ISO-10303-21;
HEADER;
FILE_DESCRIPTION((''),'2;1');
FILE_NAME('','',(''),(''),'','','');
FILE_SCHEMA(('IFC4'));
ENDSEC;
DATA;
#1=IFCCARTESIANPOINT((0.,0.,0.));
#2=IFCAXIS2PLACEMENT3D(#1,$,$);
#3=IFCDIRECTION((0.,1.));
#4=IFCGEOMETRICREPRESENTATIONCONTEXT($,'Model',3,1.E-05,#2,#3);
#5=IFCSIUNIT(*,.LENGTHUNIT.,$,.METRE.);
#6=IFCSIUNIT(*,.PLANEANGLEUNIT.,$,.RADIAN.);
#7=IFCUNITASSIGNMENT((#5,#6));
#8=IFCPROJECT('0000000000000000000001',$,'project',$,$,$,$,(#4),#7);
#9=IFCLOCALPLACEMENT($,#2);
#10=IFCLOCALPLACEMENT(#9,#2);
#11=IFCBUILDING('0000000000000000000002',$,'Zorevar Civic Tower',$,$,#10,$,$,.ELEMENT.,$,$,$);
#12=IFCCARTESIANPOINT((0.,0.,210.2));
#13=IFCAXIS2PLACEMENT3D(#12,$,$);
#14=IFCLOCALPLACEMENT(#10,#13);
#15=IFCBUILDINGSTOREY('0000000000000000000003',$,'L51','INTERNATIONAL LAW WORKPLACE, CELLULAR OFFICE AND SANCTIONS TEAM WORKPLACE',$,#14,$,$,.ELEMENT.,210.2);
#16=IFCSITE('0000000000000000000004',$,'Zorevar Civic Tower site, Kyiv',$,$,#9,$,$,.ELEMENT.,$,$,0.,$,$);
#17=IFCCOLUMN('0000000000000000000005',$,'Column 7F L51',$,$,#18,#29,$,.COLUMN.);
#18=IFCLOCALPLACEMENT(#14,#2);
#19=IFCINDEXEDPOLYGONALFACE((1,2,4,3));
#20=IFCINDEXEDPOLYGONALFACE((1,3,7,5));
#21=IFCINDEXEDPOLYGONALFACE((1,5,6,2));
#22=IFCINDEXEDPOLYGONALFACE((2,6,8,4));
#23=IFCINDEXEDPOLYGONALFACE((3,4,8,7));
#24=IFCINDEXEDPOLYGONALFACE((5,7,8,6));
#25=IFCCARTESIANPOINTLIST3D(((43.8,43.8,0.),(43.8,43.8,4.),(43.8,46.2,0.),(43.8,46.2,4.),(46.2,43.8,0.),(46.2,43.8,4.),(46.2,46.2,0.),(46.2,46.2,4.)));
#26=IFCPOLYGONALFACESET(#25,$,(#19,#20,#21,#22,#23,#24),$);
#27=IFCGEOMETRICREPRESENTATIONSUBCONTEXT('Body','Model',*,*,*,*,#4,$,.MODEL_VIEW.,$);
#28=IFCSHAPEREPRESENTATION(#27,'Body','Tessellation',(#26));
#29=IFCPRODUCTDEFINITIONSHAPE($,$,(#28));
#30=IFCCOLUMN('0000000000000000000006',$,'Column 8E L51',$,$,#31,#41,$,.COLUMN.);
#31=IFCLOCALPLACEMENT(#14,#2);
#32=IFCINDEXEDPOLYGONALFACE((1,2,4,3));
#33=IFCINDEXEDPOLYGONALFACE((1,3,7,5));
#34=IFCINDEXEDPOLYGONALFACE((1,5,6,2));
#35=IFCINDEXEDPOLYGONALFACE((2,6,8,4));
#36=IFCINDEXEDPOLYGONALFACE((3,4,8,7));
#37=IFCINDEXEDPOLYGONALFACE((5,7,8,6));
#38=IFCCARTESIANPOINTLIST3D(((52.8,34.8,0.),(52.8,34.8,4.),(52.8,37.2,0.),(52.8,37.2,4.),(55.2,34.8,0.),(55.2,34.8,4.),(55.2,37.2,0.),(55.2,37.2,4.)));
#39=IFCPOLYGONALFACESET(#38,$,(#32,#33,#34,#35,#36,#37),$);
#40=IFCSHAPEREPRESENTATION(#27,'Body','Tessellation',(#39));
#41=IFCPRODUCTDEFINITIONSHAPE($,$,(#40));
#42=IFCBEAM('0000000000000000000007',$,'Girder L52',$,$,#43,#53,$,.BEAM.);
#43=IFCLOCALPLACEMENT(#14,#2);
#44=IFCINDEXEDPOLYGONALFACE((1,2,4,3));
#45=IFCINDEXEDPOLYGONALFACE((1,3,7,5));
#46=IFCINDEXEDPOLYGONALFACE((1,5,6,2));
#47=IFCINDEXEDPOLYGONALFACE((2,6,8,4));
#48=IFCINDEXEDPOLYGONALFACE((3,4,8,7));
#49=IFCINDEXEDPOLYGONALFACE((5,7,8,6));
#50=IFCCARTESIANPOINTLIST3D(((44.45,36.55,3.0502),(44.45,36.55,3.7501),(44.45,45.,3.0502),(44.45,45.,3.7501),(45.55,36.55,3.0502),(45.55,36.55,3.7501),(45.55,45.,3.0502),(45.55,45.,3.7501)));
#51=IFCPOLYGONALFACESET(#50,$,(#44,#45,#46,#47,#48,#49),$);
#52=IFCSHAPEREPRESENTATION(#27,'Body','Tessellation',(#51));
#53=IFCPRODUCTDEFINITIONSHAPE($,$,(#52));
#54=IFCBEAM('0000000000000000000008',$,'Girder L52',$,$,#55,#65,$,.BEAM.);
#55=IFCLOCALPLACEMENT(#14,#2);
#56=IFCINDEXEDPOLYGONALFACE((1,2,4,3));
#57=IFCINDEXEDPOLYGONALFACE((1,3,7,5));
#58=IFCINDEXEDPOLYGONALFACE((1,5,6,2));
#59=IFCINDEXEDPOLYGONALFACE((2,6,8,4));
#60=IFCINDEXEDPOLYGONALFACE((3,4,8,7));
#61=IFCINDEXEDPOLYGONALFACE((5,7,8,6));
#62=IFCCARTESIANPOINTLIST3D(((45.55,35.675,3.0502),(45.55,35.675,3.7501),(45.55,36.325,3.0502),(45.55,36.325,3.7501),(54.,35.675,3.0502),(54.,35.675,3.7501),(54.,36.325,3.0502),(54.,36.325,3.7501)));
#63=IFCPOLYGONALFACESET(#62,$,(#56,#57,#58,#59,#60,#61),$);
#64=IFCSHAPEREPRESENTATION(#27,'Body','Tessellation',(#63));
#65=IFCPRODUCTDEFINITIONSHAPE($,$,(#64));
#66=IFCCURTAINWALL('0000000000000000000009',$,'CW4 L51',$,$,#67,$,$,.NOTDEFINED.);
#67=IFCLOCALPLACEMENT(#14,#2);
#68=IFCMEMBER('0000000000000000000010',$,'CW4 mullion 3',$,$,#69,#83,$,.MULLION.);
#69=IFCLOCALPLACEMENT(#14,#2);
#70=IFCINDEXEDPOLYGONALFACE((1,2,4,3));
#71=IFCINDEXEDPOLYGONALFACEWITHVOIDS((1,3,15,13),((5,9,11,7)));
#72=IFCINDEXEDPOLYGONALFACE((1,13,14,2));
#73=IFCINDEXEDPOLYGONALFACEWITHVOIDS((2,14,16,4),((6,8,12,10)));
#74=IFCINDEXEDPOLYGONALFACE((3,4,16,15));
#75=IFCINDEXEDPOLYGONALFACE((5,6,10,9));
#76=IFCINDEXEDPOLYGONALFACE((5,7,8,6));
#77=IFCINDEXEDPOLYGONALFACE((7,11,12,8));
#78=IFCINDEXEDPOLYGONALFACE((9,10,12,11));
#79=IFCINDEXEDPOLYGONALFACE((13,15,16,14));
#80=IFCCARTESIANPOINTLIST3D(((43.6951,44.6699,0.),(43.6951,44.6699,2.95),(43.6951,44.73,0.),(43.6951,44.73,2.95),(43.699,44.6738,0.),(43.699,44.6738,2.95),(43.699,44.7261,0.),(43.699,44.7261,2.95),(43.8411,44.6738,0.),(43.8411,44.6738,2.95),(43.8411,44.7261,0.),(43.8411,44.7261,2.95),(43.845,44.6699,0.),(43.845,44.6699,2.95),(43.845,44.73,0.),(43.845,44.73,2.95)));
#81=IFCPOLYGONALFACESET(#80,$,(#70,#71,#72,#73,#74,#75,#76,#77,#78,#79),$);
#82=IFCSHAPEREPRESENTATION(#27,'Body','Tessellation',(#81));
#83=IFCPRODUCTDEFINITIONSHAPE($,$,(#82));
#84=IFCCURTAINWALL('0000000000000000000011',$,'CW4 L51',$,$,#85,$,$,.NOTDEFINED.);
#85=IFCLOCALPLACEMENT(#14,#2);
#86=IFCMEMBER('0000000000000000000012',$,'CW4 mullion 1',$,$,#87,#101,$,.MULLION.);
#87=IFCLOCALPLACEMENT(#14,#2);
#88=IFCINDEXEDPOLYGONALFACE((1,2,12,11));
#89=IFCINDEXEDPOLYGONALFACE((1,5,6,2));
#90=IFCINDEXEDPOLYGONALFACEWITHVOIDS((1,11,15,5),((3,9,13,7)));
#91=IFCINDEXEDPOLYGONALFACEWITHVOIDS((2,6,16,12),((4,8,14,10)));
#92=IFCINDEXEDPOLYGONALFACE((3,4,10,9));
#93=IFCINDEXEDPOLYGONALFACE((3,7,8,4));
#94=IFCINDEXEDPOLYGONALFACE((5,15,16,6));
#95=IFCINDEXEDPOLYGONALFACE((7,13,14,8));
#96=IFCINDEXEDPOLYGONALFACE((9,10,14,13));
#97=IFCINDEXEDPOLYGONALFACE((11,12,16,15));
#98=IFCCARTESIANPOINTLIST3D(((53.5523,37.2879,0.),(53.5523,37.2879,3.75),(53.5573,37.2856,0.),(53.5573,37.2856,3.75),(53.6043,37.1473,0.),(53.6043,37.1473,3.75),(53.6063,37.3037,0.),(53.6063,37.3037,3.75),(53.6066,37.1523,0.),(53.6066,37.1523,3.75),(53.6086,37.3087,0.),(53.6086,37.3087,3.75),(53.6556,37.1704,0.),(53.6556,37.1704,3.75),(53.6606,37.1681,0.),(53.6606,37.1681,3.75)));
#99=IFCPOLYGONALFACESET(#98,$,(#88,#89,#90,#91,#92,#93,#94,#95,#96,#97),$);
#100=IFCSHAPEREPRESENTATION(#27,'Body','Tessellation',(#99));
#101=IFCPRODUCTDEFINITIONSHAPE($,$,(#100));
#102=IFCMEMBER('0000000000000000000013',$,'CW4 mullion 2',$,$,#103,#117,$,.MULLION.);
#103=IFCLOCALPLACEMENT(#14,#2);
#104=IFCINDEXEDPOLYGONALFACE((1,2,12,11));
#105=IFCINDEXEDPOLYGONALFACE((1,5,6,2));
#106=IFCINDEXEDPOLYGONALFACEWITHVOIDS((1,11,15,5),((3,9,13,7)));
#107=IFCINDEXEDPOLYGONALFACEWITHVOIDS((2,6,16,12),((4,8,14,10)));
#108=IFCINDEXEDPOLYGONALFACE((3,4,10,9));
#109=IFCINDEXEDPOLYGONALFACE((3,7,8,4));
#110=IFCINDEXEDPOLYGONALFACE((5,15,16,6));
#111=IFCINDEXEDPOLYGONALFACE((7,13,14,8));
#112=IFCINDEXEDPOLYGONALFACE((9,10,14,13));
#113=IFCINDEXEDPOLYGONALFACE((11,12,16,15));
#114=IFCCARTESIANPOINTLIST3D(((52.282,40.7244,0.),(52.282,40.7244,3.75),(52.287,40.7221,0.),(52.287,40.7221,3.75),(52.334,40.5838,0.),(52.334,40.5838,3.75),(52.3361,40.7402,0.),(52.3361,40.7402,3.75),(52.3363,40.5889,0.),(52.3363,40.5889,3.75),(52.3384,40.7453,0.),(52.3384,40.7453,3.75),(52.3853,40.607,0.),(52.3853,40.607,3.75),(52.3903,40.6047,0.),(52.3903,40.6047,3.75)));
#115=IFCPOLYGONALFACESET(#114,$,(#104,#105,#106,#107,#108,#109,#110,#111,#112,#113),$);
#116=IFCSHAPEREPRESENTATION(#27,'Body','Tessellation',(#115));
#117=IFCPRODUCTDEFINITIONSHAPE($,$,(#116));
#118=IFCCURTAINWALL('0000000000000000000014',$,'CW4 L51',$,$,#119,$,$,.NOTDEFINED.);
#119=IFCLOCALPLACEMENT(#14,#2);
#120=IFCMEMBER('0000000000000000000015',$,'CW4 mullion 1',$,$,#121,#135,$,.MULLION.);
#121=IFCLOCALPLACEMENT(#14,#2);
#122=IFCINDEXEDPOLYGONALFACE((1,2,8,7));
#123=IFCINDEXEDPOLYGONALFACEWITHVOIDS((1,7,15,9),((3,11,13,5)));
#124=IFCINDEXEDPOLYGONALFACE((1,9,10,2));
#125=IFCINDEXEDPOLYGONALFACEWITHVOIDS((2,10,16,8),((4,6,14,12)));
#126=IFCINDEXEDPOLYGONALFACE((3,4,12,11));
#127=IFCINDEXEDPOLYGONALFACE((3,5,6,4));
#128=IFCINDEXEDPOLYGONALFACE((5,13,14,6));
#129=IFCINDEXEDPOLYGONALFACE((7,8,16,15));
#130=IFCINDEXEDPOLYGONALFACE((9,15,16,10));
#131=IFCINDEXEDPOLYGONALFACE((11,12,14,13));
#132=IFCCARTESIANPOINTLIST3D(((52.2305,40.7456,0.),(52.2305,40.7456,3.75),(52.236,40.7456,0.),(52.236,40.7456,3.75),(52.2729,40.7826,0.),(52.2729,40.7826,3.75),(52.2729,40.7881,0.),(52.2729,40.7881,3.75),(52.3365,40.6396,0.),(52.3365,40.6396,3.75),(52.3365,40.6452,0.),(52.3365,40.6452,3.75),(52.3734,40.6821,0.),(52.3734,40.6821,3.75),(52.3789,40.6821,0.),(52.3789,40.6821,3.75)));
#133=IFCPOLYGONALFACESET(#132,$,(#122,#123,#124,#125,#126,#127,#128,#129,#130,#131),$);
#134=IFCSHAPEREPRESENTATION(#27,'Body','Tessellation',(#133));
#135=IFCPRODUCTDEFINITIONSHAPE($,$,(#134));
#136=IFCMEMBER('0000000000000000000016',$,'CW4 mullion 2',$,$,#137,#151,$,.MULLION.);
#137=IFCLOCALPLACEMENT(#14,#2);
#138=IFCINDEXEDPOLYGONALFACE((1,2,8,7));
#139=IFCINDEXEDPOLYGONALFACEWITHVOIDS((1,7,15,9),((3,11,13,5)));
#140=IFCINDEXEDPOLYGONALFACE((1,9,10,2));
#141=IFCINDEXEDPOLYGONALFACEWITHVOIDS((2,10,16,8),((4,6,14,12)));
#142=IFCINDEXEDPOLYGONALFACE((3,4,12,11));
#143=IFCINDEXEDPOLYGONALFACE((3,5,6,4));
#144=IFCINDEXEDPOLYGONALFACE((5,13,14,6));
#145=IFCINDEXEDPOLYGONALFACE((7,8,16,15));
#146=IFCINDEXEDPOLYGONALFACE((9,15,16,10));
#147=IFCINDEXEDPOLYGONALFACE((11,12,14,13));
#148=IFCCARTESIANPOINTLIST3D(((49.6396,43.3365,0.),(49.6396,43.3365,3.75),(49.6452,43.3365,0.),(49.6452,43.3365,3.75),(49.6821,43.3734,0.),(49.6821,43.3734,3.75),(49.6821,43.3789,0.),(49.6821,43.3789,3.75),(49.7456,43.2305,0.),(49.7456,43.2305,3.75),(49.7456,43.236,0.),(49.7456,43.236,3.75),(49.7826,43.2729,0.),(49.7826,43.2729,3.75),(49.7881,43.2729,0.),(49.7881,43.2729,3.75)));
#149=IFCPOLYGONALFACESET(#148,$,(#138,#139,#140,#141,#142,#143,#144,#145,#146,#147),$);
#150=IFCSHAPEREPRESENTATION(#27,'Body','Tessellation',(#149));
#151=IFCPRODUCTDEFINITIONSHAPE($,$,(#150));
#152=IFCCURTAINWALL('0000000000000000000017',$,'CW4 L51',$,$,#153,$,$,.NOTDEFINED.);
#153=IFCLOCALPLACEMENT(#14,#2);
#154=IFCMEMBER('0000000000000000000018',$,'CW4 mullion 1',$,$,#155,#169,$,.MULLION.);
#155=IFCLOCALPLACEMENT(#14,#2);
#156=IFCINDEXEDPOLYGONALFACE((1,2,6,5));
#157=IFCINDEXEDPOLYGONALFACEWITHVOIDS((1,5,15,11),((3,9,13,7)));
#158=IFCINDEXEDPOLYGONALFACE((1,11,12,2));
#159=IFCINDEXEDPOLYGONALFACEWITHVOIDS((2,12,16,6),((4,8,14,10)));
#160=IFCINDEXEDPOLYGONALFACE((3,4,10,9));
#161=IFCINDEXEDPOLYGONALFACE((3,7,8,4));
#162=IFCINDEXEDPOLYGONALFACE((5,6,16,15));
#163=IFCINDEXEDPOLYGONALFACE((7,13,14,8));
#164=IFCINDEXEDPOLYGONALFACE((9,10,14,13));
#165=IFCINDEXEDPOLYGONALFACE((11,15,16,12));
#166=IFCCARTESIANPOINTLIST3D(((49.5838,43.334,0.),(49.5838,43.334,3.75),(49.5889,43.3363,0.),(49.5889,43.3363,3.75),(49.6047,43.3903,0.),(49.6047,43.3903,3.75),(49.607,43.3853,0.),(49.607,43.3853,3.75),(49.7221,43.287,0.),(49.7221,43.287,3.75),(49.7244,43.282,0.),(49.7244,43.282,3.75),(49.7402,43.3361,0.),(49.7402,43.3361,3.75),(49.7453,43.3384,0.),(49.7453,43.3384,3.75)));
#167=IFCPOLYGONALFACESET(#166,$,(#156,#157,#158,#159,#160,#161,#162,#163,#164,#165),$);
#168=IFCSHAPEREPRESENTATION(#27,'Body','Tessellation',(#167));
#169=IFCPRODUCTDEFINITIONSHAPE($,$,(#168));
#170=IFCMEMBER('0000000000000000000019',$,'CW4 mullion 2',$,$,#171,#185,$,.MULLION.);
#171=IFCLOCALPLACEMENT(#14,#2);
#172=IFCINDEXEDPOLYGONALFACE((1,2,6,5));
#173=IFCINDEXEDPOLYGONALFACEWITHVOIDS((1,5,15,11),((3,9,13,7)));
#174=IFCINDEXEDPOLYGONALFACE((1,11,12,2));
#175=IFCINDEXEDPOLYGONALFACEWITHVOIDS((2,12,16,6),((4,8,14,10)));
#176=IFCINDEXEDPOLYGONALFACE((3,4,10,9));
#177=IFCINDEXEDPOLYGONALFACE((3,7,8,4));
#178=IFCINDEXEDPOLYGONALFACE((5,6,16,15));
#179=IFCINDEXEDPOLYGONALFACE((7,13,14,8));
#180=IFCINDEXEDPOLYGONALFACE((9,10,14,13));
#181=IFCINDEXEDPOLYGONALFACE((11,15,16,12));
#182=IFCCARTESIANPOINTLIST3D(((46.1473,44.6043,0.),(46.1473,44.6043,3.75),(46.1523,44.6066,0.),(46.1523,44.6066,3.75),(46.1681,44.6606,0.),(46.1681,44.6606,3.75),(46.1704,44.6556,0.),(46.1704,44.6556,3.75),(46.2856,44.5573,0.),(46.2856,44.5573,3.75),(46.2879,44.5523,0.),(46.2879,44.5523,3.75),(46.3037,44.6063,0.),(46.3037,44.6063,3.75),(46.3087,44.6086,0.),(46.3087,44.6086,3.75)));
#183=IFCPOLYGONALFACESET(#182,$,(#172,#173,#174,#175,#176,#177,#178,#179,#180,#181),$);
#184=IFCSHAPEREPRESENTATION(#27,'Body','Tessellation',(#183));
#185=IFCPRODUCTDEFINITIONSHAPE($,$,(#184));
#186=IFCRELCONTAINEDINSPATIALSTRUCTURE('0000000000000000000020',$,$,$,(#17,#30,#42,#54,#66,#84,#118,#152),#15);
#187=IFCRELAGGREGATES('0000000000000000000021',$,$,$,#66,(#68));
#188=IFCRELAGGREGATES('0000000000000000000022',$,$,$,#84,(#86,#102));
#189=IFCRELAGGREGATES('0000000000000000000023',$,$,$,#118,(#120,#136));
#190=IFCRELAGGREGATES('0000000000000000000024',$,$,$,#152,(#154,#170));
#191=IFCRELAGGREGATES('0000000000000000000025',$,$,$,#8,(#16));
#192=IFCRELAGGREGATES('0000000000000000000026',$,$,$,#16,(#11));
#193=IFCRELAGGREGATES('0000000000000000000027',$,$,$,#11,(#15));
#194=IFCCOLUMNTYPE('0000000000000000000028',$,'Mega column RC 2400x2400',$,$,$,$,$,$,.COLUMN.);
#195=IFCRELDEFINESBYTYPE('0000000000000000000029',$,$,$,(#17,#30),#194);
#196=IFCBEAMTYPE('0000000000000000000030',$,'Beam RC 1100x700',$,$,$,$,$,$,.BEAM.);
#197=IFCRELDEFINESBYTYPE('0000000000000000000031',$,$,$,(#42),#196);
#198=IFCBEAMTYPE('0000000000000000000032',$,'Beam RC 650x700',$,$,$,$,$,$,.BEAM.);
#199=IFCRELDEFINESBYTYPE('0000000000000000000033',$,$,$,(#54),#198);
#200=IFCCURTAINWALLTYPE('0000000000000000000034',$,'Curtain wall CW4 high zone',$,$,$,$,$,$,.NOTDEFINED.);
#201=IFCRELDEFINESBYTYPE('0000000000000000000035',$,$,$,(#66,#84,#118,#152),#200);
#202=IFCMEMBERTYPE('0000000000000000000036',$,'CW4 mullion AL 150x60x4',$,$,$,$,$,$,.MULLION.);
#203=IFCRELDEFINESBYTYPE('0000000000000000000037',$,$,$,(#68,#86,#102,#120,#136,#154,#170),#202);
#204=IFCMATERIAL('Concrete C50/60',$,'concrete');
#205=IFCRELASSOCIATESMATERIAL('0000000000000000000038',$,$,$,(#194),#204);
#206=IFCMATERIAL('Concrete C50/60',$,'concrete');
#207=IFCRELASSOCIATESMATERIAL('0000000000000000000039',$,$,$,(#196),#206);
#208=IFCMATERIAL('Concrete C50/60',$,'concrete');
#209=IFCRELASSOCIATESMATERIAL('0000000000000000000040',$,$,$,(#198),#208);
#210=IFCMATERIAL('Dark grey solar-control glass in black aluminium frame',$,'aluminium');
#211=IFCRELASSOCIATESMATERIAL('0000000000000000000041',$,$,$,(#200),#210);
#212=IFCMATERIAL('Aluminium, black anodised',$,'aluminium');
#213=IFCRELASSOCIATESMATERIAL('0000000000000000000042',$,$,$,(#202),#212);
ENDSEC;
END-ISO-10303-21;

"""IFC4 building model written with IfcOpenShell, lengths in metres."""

from ifc_helpers import new_model, si_unit, direction, frame, origin, origin_2d, place, context, subcontext, project, spatial, rectangle, hollow_rectangle, extrude, material, material_profile, profile_set, type_object, element, aggregate, save


model = new_model("IFC4")

# Units and contexts
model_context = context("Model", 3, precision=1e-05, world=origin(), true_north=direction((0.0, 1.0)))
body_context = subcontext(model_context, "Body", "Model", "MODEL_VIEW")
ifc_project = project(units=[si_unit("LENGTHUNIT", "METRE"), si_unit("PLANEANGLEUNIT", "RADIAN")], contexts=[model_context])

# Site, building, storey
site_placement = place(None, origin())
site = spatial("IfcSite", under=ifc_project, at=site_placement, Name="Zorevar Civic Tower site, Kyiv", CompositionType="ELEMENT", RefElevation=0.0)
building_placement = place(site_placement, origin())
building = spatial("IfcBuilding", under=site, at=building_placement, Name="Zorevar Civic Tower", CompositionType="ELEMENT")
storey_placement = place(building_placement, frame((0.0, 0.0, 210.2)))
storey = spatial("IfcBuildingStorey", under=building, at=storey_placement, Name="L51", Description="INTERNATIONAL LAW WORKPLACE, CELLULAR OFFICE AND SANCTIONS TEAM WORKPLACE", CompositionType="ELEMENT", Elevation=210.2)

# Columns
ifc_material_1 = material(Name="Concrete C50/60", Category="concrete")
ifc_material_profile_1 = material_profile(ifc_material_1, rectangle(XDim=2.3999, YDim=2.3999, at=origin_2d()), Name="RC 2400x2400")
ifc_profile_set_1 = profile_set([ifc_material_profile_1], Name="Concrete C50/60")
column_type = type_object("IfcColumnType", Name="Mega column RC 2400x2400", PredefinedType="COLUMN", material=ifc_profile_set_1)
for number, where, z_axis, x_axis, name in (
    (1, (45.0, 45.0, 0.0), (0.0, 0.0, 1.0), (1.0, 0.0, 0.0), "Column 7F L51"),
    (2, (54.0, 36.0, 0.0), (0.0, 0.0, 1.0), (1.0, 0.0, 0.0), "Column 8E L51"),
):
    element("IfcColumn", number, at=place(storey_placement, frame(where, z_axis=z_axis, x_axis=x_axis)), inside=storey, type_object=column_type, Name=name, PredefinedType="COLUMN", context=body_context, shape_type="SweptSolid", body=[
        extrude(rectangle(XDim=2.3999, YDim=2.3999, at=origin_2d()), origin(), (0.0, 0.0, 1.0), 4.0),
    ])

# Beams
ifc_material_2 = material(Name="Concrete C50/60", Category="concrete")
ifc_material_profile_2 = material_profile(ifc_material_2, rectangle(XDim=1.1001, YDim=0.7, at=origin_2d()), Name="RC 1100x700")
ifc_profile_set_2 = profile_set([ifc_material_profile_2], Name="Concrete C50/60")
beam_type_1 = type_object("IfcBeamType", Name="Beam RC 1100x700", PredefinedType="BEAM", material=ifc_profile_set_2)
beam_1_placement = place(storey_placement, frame((45.0, 36.55, 3.4001), z_axis=(0.0, 1.0, 0.0), x_axis=(-1.0, 0.0, 0.0)))
element("IfcBeam", 3, at=beam_1_placement, inside=storey, type_object=beam_type_1, Name="Girder L52", PredefinedType="BEAM", context=body_context, shape_type="SweptSolid", body=[
    extrude(rectangle(XDim=1.1001, YDim=0.7, at=origin_2d()), origin(), (0.0, 0.0, 1.0), 8.45),
])
ifc_material_3 = material(Name="Concrete C50/60", Category="concrete")
ifc_material_profile_3 = material_profile(ifc_material_3, rectangle(XDim=0.6499, YDim=0.7, at=origin_2d()), Name="RC 650x700")
ifc_profile_set_3 = profile_set([ifc_material_profile_3], Name="Concrete C50/60")
beam_type_2 = type_object("IfcBeamType", Name="Beam RC 650x700", PredefinedType="BEAM", material=ifc_profile_set_3)
beam_2_placement = place(storey_placement, frame((45.55, 36.0, 3.4001), z_axis=(1.0, 0.0, 0.0), x_axis=(0.0, 1.0, 0.0)))
element("IfcBeam", 4, at=beam_2_placement, inside=storey, type_object=beam_type_2, Name="Girder L52", PredefinedType="BEAM", context=body_context, shape_type="SweptSolid", body=[
    extrude(rectangle(XDim=0.6499, YDim=0.7, at=origin_2d()), origin(), (0.0, 0.0, 1.0), 8.45),
])

# Curtain wall, member
ifc_material_4 = material(Name="Dark grey solar-control glass in black aluminium frame", Category="aluminium")
curtain_wall_type = type_object("IfcCurtainWallType", Name="Curtain wall CW4 high zone", PredefinedType="NOTDEFINED", material=ifc_material_4)
curtain_wall_1_placement = place(storey_placement, origin())
curtain_wall_1 = element("IfcCurtainWall", 5, at=curtain_wall_1_placement, inside=storey, type_object=curtain_wall_type, Name="CW4 L51", PredefinedType="NOTDEFINED")
ifc_material_5 = material(Name="Aluminium, black anodised", Category="aluminium")
ifc_material_profile_4 = material_profile(ifc_material_5, hollow_rectangle(XDim=0.0601, YDim=0.1499, WallThickness=0.0039, at=origin_2d()), Name="AL 150x60x4")
ifc_profile_set_4 = profile_set([ifc_material_profile_4], Name="Aluminium, black anodised")
member_type_1 = type_object("IfcMemberType", Name="CW4 mullion AL 150x60x4", PredefinedType="MULLION", material=ifc_profile_set_4)
member_1_placement = place(storey_placement, frame((43.77, 44.7, 0.0), z_axis=(0.0, 0.0, 1.0), x_axis=(0.0, 1.0, 0.0)))
member_1 = element("IfcMember", 6, at=member_1_placement, type_object=member_type_1, Name="CW4 mullion 3", PredefinedType="MULLION", context=body_context, shape_type="SweptSolid", body=[
    extrude(hollow_rectangle(XDim=0.0601, YDim=0.1499, WallThickness=0.0039, at=origin_2d()), origin(), (0.0, 0.0, 1.0), 2.95),
])

# Curtain walls, members
curtain_wall_2_placement = place(storey_placement, origin())
curtain_wall_2 = element("IfcCurtainWall", 7, at=curtain_wall_2_placement, inside=storey, type_object=curtain_wall_type, Name="CW4 L51", PredefinedType="NOTDEFINED")
member_2_placement = place(storey_placement, frame((53.6064, 37.228, 0.0), z_axis=(0.0, 0.0, 1.0), x_axis=(-0.937975, -0.346704, 0.0)))
member_2 = element("IfcMember", 8, at=member_2_placement, type_object=member_type_1, Name="CW4 mullion 1", PredefinedType="MULLION", context=body_context, shape_type="SweptSolid", body=[
    extrude(hollow_rectangle(XDim=0.0601, YDim=0.1499, WallThickness=0.0039, at=origin_2d()), origin(), (0.0, 0.0, 1.0), 3.75),
])
member_3_placement = place(storey_placement, frame((52.3362, 40.6646, 0.0), z_axis=(0.0, 0.0, 1.0), x_axis=(-0.937975, -0.346704, 0.0)))
member_3 = element("IfcMember", 9, at=member_3_placement, type_object=member_type_1, Name="CW4 mullion 2", PredefinedType="MULLION", context=body_context, shape_type="SweptSolid", body=[
    extrude(hollow_rectangle(XDim=0.0601, YDim=0.1499, WallThickness=0.0039, at=origin_2d()), origin(), (0.0, 0.0, 1.0), 3.75),
])
curtain_wall_3_placement = place(storey_placement, origin())
curtain_wall_3 = element("IfcCurtainWall", 10, at=curtain_wall_3_placement, inside=storey, type_object=curtain_wall_type, Name="CW4 L51", PredefinedType="NOTDEFINED")
member_4_placement = place(storey_placement, frame((52.3047, 40.7139, 0.0), z_axis=(0.0, 0.0, 1.0), x_axis=(-0.707107, -0.707107, 0.0)))
member_4 = element("IfcMember", 11, at=member_4_placement, type_object=member_type_1, Name="CW4 mullion 1", PredefinedType="MULLION", context=body_context, shape_type="SweptSolid", body=[
    extrude(hollow_rectangle(XDim=0.0601, YDim=0.1499, WallThickness=0.0039, at=origin_2d()), origin(), (0.0, 0.0, 1.0), 3.75),
])
member_5_placement = place(storey_placement, frame((49.7139, 43.3047, 0.0), z_axis=(0.0, 0.0, 1.0), x_axis=(-0.707107, -0.707107, 0.0)))
member_5 = element("IfcMember", 12, at=member_5_placement, type_object=member_type_1, Name="CW4 mullion 2", PredefinedType="MULLION", context=body_context, shape_type="SweptSolid", body=[
    extrude(hollow_rectangle(XDim=0.0601, YDim=0.1499, WallThickness=0.0039, at=origin_2d()), origin(), (0.0, 0.0, 1.0), 3.75),
])
curtain_wall_4_placement = place(storey_placement, origin())
curtain_wall_4 = element("IfcCurtainWall", 13, at=curtain_wall_4_placement, inside=storey, type_object=curtain_wall_type, Name="CW4 L51", PredefinedType="NOTDEFINED")
member_6_placement = place(storey_placement, frame((49.6646, 43.3362, 0.0), z_axis=(0.0, 0.0, 1.0), x_axis=(-0.346704, -0.937975, 0.0)))
member_6 = element("IfcMember", 14, at=member_6_placement, type_object=member_type_1, Name="CW4 mullion 1", PredefinedType="MULLION", context=body_context, shape_type="SweptSolid", body=[
    extrude(hollow_rectangle(XDim=0.0601, YDim=0.1499, WallThickness=0.0039, at=origin_2d()), origin(), (0.0, 0.0, 1.0), 3.75),
])
member_7_placement = place(storey_placement, frame((46.228, 44.6064, 0.0), z_axis=(0.0, 0.0, 1.0), x_axis=(-0.346704, -0.937975, 0.0)))
member_7 = element("IfcMember", 15, at=member_7_placement, type_object=member_type_1, Name="CW4 mullion 2", PredefinedType="MULLION", context=body_context, shape_type="SweptSolid", body=[
    extrude(hollow_rectangle(XDim=0.0601, YDim=0.1499, WallThickness=0.0039, at=origin_2d()), origin(), (0.0, 0.0, 1.0), 3.75),
])

aggregate(curtain_wall_1, [member_1])
aggregate(curtain_wall_2, [member_2, member_3])
aggregate(curtain_wall_3, [member_4, member_5])
aggregate(curtain_wall_4, [member_6, member_7])

save(model, "model.ifc")
